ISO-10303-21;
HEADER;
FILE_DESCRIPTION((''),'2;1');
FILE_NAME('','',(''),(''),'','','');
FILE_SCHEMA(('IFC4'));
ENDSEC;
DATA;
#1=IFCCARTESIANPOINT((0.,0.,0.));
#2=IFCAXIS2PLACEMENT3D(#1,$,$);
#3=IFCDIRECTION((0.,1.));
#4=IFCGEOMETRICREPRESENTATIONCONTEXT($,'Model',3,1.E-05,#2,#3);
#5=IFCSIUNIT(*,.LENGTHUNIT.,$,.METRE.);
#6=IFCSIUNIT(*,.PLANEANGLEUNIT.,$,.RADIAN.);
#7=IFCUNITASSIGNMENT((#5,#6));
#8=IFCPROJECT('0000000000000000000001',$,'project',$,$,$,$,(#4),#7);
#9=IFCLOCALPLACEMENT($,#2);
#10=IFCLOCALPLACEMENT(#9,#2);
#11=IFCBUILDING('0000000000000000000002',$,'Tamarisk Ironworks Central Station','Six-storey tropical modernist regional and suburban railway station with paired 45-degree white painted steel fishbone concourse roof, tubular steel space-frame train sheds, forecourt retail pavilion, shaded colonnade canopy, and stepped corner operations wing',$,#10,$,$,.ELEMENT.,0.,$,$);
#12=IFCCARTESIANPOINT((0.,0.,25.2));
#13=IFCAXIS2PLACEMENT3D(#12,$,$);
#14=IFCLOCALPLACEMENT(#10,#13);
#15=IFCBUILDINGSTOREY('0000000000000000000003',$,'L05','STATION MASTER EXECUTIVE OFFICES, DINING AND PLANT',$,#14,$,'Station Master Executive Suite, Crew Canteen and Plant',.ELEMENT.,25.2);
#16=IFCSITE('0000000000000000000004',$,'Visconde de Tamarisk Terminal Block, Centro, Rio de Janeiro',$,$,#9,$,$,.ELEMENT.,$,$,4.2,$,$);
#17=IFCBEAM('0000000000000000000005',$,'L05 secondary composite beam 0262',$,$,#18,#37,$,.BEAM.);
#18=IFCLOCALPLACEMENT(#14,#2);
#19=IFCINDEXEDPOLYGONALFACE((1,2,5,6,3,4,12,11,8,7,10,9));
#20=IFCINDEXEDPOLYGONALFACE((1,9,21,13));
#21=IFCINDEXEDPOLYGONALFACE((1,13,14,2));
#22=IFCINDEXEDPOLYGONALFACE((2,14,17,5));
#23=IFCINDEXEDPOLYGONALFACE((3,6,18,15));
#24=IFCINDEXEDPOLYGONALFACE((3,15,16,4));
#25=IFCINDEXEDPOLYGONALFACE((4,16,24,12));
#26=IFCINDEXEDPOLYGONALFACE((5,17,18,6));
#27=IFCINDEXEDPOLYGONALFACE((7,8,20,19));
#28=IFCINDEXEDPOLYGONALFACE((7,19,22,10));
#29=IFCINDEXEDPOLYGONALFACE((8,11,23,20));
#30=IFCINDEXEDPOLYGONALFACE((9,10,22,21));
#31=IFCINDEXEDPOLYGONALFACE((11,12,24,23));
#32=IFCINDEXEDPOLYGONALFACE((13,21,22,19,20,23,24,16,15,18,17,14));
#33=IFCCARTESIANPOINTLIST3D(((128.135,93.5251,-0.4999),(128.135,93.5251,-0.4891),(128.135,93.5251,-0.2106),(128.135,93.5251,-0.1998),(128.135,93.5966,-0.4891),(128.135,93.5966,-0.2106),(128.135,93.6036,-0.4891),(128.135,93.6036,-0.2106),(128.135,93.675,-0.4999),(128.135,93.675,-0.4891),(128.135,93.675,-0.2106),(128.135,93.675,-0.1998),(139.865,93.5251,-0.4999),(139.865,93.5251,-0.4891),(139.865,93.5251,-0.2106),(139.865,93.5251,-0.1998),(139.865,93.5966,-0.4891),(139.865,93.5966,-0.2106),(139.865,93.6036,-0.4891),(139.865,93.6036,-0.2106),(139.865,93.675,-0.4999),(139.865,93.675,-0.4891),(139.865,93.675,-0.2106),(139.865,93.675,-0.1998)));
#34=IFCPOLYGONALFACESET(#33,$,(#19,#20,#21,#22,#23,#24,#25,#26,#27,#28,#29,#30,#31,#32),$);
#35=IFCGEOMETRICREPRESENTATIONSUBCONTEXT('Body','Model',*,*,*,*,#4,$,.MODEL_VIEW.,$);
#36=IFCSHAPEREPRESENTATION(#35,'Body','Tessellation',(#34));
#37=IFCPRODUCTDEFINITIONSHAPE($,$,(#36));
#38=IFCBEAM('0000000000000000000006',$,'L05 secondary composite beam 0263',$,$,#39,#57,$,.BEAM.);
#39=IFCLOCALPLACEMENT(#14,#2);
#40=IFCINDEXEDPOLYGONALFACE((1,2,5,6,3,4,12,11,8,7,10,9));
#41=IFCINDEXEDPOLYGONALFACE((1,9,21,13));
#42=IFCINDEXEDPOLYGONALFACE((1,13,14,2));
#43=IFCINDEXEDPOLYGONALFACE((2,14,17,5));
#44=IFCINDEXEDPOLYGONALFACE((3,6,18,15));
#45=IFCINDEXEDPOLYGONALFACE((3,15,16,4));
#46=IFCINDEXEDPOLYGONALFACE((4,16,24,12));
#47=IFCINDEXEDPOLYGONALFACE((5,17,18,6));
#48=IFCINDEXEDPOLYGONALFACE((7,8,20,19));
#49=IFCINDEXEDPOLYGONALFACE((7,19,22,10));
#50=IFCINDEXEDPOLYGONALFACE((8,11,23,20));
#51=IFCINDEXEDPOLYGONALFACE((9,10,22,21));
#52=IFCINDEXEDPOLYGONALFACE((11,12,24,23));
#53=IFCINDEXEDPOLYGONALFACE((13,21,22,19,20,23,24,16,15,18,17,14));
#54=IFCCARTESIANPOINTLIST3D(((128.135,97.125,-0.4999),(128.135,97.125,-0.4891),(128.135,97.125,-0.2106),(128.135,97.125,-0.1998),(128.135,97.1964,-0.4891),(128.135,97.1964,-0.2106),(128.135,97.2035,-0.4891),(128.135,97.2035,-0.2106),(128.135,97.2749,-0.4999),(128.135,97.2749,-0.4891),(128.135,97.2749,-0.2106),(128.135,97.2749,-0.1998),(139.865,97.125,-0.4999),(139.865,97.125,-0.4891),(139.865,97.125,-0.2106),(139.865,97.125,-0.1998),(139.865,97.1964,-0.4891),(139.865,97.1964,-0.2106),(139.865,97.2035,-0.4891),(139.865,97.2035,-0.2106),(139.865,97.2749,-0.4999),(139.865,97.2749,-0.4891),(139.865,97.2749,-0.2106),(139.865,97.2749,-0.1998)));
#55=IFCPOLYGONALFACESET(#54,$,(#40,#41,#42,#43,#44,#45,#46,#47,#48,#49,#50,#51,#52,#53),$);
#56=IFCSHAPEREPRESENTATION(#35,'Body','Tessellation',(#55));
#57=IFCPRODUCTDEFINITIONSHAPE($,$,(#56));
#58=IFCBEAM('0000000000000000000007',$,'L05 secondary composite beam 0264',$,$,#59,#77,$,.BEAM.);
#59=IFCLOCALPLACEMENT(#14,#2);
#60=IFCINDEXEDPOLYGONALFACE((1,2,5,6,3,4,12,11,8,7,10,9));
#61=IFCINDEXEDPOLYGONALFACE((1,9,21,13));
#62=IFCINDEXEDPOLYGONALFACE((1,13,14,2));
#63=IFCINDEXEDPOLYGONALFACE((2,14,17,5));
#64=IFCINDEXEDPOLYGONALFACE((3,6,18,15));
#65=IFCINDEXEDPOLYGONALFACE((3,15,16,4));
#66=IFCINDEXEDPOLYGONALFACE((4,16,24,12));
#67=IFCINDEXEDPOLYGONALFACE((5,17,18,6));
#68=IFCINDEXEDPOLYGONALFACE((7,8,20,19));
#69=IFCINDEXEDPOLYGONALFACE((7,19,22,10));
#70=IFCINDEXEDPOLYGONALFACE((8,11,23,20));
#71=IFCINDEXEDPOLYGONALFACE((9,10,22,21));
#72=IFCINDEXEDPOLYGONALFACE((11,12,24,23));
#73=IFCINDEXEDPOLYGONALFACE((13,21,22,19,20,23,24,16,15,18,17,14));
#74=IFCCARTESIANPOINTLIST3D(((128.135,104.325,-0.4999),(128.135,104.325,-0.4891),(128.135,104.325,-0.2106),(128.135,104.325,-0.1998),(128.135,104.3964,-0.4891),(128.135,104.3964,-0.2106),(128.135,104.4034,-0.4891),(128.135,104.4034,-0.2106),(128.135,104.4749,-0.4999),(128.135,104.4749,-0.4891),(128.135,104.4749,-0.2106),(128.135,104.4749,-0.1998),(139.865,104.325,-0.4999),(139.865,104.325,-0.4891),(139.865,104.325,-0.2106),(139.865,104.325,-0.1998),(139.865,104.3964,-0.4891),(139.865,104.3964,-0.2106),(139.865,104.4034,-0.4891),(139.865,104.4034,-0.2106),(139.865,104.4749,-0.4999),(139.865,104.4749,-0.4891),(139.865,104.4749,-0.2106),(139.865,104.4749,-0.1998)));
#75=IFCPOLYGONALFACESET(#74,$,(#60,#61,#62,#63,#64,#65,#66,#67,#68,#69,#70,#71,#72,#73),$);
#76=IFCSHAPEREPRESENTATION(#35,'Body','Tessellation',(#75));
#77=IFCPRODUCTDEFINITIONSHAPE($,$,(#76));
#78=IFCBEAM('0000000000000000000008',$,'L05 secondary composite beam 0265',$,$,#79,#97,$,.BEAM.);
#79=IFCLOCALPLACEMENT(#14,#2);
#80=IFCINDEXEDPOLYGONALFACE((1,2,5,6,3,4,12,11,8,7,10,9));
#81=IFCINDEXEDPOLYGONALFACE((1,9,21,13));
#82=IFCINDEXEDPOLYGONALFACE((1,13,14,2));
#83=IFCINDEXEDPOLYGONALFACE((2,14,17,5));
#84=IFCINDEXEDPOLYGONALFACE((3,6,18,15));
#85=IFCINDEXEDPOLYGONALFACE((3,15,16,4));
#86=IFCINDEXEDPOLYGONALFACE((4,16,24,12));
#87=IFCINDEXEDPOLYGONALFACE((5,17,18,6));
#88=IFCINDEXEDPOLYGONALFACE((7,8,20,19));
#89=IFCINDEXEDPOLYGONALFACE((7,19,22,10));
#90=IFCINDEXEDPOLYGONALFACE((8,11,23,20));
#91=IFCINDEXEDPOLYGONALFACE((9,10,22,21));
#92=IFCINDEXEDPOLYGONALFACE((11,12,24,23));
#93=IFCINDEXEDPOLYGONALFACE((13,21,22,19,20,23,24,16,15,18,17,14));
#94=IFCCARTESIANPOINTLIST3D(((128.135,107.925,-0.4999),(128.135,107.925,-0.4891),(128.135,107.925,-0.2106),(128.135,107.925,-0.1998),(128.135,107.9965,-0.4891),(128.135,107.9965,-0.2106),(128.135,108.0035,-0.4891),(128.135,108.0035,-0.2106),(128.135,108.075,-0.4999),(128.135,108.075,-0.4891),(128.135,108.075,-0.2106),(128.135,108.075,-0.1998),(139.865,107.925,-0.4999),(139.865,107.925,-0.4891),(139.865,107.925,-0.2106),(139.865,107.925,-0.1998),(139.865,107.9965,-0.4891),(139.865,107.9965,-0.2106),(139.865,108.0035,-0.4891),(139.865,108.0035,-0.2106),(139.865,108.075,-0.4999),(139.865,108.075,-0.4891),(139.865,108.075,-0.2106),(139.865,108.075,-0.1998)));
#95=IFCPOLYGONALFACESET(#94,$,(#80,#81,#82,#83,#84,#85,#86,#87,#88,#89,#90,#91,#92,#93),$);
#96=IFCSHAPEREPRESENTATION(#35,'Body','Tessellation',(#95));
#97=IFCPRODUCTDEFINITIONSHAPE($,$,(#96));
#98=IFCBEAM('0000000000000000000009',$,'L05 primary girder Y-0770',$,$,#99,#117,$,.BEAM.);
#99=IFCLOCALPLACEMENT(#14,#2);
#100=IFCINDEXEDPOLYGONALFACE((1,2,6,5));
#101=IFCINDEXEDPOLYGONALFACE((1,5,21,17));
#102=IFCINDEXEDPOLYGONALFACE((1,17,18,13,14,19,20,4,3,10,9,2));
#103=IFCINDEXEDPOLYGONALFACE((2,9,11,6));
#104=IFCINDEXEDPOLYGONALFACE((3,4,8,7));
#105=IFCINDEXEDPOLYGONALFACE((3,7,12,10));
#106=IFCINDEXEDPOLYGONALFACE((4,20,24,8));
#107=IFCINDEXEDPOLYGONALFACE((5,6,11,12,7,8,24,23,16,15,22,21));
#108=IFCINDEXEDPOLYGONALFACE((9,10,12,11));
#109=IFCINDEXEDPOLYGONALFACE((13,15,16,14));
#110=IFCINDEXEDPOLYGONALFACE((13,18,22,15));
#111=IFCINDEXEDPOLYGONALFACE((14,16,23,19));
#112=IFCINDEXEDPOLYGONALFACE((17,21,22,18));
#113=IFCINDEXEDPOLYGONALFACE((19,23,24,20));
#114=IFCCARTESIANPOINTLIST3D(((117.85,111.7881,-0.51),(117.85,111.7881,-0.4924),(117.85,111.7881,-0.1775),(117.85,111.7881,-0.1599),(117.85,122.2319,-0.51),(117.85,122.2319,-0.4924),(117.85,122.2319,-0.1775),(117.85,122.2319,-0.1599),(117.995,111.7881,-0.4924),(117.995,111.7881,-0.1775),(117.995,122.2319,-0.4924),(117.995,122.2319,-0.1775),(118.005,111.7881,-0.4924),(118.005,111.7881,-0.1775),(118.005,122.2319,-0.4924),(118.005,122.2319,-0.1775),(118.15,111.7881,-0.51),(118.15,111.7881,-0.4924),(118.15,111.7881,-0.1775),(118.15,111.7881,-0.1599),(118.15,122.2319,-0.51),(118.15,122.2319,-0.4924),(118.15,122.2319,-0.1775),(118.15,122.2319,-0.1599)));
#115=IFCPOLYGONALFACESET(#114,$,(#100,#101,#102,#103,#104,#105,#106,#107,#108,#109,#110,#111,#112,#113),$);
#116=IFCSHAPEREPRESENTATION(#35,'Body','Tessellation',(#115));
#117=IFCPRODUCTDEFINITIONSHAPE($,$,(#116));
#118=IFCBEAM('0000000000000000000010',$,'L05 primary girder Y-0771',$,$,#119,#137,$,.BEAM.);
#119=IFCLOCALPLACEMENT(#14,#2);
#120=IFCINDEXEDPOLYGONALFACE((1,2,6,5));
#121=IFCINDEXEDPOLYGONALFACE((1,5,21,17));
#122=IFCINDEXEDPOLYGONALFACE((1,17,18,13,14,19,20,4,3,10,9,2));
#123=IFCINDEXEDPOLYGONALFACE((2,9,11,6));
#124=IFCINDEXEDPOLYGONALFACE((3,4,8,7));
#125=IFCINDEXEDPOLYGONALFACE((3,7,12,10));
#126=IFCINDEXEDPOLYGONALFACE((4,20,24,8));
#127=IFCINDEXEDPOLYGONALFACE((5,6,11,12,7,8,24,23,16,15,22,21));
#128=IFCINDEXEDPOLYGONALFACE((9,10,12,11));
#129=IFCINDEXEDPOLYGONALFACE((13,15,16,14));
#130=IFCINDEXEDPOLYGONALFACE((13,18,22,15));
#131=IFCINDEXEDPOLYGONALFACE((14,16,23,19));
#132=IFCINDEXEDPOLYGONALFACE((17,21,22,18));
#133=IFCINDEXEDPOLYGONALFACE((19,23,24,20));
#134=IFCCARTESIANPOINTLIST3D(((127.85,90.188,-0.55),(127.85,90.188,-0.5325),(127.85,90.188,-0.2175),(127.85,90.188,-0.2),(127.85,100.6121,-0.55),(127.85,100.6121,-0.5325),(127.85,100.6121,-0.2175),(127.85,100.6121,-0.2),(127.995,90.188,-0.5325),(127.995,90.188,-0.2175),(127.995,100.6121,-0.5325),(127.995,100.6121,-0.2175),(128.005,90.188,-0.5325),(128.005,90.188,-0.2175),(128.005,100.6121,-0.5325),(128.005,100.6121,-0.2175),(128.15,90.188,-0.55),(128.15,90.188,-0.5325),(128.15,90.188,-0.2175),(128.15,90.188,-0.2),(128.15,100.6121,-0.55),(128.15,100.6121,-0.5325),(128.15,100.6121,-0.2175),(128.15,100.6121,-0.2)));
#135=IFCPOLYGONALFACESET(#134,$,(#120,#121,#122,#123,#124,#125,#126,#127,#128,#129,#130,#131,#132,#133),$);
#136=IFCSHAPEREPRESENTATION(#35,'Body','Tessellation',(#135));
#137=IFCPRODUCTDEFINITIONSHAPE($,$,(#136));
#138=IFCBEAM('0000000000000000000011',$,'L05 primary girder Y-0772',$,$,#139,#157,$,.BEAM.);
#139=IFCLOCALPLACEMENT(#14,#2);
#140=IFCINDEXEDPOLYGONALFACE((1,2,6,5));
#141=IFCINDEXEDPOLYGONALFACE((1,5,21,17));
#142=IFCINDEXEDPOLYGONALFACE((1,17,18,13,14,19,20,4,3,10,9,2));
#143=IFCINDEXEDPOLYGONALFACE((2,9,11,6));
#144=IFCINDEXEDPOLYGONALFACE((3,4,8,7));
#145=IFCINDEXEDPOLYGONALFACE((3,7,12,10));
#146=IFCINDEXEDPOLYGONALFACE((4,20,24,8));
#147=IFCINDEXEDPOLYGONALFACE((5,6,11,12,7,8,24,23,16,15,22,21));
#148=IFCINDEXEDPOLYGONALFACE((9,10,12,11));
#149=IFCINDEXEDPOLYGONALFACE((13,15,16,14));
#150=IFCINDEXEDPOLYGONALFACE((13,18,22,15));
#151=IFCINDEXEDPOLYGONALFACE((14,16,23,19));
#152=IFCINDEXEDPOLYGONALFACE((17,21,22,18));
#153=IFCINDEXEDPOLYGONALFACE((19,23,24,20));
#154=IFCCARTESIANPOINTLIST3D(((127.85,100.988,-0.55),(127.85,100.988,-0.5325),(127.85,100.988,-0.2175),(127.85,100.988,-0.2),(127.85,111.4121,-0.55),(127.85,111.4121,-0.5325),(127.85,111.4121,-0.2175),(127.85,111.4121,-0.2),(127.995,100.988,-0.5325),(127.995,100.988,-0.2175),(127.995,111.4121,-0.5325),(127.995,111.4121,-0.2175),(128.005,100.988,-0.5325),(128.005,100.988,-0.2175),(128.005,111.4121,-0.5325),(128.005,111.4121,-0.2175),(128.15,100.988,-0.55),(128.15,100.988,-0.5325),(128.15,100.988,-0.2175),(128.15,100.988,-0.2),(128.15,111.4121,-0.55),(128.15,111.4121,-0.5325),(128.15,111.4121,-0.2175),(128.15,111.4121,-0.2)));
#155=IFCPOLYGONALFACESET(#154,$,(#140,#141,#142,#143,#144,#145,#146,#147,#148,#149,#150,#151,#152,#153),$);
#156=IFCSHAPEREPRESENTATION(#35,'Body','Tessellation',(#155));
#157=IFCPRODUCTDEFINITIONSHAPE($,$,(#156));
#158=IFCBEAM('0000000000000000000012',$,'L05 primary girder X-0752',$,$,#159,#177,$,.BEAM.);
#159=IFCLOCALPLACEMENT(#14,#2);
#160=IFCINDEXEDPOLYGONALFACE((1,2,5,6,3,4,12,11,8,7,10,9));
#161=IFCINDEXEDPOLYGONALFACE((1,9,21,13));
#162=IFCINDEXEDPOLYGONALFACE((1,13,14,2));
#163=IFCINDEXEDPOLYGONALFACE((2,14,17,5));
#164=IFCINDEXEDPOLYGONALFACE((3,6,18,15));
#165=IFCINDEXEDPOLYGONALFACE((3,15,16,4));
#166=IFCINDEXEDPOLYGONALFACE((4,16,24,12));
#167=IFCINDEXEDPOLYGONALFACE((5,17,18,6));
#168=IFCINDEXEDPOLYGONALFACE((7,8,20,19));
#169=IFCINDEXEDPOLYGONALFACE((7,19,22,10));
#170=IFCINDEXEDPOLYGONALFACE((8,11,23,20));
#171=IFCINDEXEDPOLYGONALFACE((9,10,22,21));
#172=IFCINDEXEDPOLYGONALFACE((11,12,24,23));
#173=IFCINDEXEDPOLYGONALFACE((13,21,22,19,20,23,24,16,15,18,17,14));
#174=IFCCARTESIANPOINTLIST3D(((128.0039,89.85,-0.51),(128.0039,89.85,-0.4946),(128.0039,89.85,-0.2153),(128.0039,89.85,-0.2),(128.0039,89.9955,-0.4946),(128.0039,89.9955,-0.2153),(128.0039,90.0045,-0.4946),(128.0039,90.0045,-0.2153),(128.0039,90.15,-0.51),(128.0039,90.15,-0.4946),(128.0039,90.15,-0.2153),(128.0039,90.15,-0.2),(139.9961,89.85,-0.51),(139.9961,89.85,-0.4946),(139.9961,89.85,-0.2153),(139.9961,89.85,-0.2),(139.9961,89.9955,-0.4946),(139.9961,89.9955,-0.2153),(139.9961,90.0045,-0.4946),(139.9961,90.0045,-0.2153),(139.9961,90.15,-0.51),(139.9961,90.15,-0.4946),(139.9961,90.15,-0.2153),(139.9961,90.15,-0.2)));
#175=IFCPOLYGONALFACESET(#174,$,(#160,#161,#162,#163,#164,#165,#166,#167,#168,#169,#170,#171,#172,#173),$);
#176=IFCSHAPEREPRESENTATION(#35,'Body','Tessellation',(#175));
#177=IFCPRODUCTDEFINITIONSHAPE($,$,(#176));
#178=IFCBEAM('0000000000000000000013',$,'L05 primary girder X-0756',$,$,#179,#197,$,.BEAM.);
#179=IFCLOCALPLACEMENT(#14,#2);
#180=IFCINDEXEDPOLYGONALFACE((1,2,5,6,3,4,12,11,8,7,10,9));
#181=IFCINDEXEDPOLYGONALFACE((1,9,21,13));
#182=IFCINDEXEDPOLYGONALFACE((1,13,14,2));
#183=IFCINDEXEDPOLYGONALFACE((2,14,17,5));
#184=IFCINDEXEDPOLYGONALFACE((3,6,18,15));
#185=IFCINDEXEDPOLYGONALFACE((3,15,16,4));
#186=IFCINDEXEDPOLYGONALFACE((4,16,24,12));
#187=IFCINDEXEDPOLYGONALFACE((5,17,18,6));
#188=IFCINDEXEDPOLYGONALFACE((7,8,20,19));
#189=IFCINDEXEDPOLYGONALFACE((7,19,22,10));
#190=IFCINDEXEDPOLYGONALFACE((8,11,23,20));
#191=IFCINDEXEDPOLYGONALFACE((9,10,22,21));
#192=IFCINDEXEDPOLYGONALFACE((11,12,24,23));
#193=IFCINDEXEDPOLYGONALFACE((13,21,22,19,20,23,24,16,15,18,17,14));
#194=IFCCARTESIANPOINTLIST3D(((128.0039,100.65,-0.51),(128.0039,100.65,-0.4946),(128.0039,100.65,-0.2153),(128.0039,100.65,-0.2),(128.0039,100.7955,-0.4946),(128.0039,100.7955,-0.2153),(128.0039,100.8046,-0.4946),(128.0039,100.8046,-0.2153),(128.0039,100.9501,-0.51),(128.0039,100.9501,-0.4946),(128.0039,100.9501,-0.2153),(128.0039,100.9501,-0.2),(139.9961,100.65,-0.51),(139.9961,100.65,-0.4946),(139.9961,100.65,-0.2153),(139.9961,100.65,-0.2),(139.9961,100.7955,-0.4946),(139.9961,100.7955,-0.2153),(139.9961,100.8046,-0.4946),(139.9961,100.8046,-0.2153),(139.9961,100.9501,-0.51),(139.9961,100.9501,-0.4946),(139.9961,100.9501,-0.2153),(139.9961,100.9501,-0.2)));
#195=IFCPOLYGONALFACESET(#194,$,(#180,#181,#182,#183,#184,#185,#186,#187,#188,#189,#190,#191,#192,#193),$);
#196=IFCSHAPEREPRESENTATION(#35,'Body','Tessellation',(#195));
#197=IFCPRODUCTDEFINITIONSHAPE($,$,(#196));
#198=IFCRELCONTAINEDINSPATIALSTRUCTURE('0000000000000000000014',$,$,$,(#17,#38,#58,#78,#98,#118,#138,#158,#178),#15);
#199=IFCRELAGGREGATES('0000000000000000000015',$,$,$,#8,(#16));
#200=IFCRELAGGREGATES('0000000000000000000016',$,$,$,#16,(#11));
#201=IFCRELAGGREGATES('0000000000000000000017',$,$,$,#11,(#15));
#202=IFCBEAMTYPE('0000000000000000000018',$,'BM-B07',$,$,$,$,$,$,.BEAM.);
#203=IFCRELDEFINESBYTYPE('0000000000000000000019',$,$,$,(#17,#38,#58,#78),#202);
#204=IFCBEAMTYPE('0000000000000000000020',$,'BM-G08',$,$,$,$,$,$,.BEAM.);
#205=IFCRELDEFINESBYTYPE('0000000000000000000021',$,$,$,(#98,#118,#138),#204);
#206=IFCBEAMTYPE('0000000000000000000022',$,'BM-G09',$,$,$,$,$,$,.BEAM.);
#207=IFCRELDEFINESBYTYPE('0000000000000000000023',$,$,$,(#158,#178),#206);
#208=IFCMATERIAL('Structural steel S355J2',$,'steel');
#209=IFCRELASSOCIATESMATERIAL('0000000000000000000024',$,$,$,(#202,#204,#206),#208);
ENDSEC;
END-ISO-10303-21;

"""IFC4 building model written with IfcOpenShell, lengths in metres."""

from ifc_helpers import new_model, si_unit, direction, frame, origin, origin_2d, place, context, subcontext, project, spatial, i_section, extrude, material, material_profile, profile_set, type_object, element, save


model = new_model("IFC4")

# Units and contexts
model_context = context("Model", 3, precision=1e-05, world=origin(), true_north=direction((0.0, 1.0)))
body_context = subcontext(model_context, "Body", "Model", "MODEL_VIEW")
ifc_project = project(units=[si_unit("LENGTHUNIT", "METRE"), si_unit("PLANEANGLEUNIT", "RADIAN")], contexts=[model_context])

# Site, building, storey
site_placement = place(None, origin())
site = spatial("IfcSite", under=ifc_project, at=site_placement, Name="Visconde de Tamarisk Terminal Block, Centro, Rio de Janeiro", CompositionType="ELEMENT", RefElevation=4.2)
building_placement = place(site_placement, origin())
building = spatial("IfcBuilding", under=site, at=building_placement, Name="Tamarisk Ironworks Central Station", Description="Six-storey tropical modernist regional and suburban railway station with paired 45-degree white painted steel fishbone concourse roof, tubular steel space-frame train sheds, forecourt retail pavilion, shaded colonnade canopy, and stepped corner operations wing", CompositionType="ELEMENT", ElevationOfRefHeight=0.0)
storey_placement = place(building_placement, frame((0.0, 0.0, 25.2)))
storey = spatial("IfcBuildingStorey", under=building, at=storey_placement, Name="L05", Description="STATION MASTER EXECUTIVE OFFICES, DINING AND PLANT", LongName="Station Master Executive Suite, Crew Canteen and Plant", CompositionType="ELEMENT", Elevation=25.2)

# Beams
ifc_material_1 = material(Name="Structural steel S355J2", Category="steel")
ifc_material_profile_1 = material_profile(ifc_material_1, i_section(OverallWidth=0.1499, OverallDepth=0.3, WebThickness=0.0071, FlangeThickness=0.0107, at=origin_2d()), Name="IPE 300")
ifc_profile_set_1 = profile_set([ifc_material_profile_1], Name="Structural steel S355J2")
beam_type_1 = type_object("IfcBeamType", Name="BM-B07", PredefinedType="BEAM", material=ifc_profile_set_1)
for number, where, z_axis, x_axis, name in (
    (1, (128.135, 93.6001, -0.3499), (1.0, 0.0, 0.0), (0.0, 1.0, 0.0), "L05 secondary composite beam 0262"),
    (2, (128.135, 97.2, -0.3499), (1.0, 0.0, 0.0), (0.0, 1.0, 0.0), "L05 secondary composite beam 0263"),
    (3, (128.135, 104.3999, -0.3499), (1.0, 0.0, 0.0), (0.0, 1.0, 0.0), "L05 secondary composite beam 0264"),
    (4, (128.135, 108.0, -0.3499), (1.0, 0.0, 0.0), (0.0, 1.0, 0.0), "L05 secondary composite beam 0265"),
):
    element("IfcBeam", number, at=place(storey_placement, frame(where, z_axis=z_axis, x_axis=x_axis)), inside=storey, type_object=beam_type_1, Name=name, PredefinedType="BEAM", context=body_context, shape_type="SweptSolid", body=[
        extrude(i_section(OverallWidth=0.1499, OverallDepth=0.3, WebThickness=0.0071, FlangeThickness=0.0107, at=origin_2d()), origin(), (0.0, 0.0, 1.0), 11.73),
    ])
ifc_material_profile_2 = material_profile(ifc_material_1, i_section(OverallWidth=0.3, OverallDepth=0.3501, WebThickness=0.01, FlangeThickness=0.0176, at=origin_2d()), Name="HEA 360")
ifc_profile_set_2 = profile_set([ifc_material_profile_2], Name="Structural steel S355J2")
beam_type_2 = type_object("IfcBeamType", Name="BM-G08", PredefinedType="BEAM", material=ifc_profile_set_2)
beam_1_placement = place(storey_placement, frame((118.0, 111.7881, -0.335), z_axis=(0.0, 1.0, 0.0), x_axis=(-1.0, 0.0, 0.0)))
element("IfcBeam", 5, at=beam_1_placement, inside=storey, type_object=beam_type_2, Name="L05 primary girder Y-0770", PredefinedType="BEAM", context=body_context, shape_type="SweptSolid", body=[
    extrude(i_section(OverallWidth=0.3, OverallDepth=0.3501, WebThickness=0.01, FlangeThickness=0.0176, at=origin_2d()), origin(), (0.0, 0.0, 1.0), 10.4438),
])
for number, where, z_axis, x_axis, name in (
    (6, (128.0, 90.188, -0.375), (0.0, 1.0, 0.0), (-1.0, 0.0, 0.0), "L05 primary girder Y-0771"),
    (7, (128.0, 100.988, -0.375), (0.0, 1.0, 0.0), (-1.0, 0.0, 0.0), "L05 primary girder Y-0772"),
):
    element("IfcBeam", number, at=place(storey_placement, frame(where, z_axis=z_axis, x_axis=x_axis)), inside=storey, type_object=beam_type_2, Name=name, PredefinedType="BEAM", context=body_context, shape_type="SweptSolid", body=[
        extrude(i_section(OverallWidth=0.3, OverallDepth=0.3501, WebThickness=0.01, FlangeThickness=0.0176, at=origin_2d()), origin(), (0.0, 0.0, 1.0), 10.4241),
    ])
ifc_material_profile_3 = material_profile(ifc_material_1, i_section(OverallWidth=0.3, OverallDepth=0.3101, WebThickness=0.009, FlangeThickness=0.0154, at=origin_2d()), Name="HEA 320")
ifc_profile_set_3 = profile_set([ifc_material_profile_3], Name="Structural steel S355J2")
beam_type_3 = type_object("IfcBeamType", Name="BM-G09", PredefinedType="BEAM", material=ifc_profile_set_3)
for number, where, z_axis, x_axis, name in (
    (8, (128.0039, 90.0, -0.355), (1.0, 0.0, 0.0), (0.0, 1.0, 0.0), "L05 primary girder X-0752"),
    (9, (128.0039, 100.8, -0.355), (1.0, 0.0, 0.0), (0.0, 1.0, 0.0), "L05 primary girder X-0756"),
):
    element("IfcBeam", number, at=place(storey_placement, frame(where, z_axis=z_axis, x_axis=x_axis)), inside=storey, type_object=beam_type_3, Name=name, PredefinedType="BEAM", context=body_context, shape_type="SweptSolid", body=[
        extrude(i_section(OverallWidth=0.3, OverallDepth=0.3101, WebThickness=0.009, FlangeThickness=0.0154, at=origin_2d()), origin(), (0.0, 0.0, 1.0), 11.9922),
    ])

save(model, "model.ifc")
